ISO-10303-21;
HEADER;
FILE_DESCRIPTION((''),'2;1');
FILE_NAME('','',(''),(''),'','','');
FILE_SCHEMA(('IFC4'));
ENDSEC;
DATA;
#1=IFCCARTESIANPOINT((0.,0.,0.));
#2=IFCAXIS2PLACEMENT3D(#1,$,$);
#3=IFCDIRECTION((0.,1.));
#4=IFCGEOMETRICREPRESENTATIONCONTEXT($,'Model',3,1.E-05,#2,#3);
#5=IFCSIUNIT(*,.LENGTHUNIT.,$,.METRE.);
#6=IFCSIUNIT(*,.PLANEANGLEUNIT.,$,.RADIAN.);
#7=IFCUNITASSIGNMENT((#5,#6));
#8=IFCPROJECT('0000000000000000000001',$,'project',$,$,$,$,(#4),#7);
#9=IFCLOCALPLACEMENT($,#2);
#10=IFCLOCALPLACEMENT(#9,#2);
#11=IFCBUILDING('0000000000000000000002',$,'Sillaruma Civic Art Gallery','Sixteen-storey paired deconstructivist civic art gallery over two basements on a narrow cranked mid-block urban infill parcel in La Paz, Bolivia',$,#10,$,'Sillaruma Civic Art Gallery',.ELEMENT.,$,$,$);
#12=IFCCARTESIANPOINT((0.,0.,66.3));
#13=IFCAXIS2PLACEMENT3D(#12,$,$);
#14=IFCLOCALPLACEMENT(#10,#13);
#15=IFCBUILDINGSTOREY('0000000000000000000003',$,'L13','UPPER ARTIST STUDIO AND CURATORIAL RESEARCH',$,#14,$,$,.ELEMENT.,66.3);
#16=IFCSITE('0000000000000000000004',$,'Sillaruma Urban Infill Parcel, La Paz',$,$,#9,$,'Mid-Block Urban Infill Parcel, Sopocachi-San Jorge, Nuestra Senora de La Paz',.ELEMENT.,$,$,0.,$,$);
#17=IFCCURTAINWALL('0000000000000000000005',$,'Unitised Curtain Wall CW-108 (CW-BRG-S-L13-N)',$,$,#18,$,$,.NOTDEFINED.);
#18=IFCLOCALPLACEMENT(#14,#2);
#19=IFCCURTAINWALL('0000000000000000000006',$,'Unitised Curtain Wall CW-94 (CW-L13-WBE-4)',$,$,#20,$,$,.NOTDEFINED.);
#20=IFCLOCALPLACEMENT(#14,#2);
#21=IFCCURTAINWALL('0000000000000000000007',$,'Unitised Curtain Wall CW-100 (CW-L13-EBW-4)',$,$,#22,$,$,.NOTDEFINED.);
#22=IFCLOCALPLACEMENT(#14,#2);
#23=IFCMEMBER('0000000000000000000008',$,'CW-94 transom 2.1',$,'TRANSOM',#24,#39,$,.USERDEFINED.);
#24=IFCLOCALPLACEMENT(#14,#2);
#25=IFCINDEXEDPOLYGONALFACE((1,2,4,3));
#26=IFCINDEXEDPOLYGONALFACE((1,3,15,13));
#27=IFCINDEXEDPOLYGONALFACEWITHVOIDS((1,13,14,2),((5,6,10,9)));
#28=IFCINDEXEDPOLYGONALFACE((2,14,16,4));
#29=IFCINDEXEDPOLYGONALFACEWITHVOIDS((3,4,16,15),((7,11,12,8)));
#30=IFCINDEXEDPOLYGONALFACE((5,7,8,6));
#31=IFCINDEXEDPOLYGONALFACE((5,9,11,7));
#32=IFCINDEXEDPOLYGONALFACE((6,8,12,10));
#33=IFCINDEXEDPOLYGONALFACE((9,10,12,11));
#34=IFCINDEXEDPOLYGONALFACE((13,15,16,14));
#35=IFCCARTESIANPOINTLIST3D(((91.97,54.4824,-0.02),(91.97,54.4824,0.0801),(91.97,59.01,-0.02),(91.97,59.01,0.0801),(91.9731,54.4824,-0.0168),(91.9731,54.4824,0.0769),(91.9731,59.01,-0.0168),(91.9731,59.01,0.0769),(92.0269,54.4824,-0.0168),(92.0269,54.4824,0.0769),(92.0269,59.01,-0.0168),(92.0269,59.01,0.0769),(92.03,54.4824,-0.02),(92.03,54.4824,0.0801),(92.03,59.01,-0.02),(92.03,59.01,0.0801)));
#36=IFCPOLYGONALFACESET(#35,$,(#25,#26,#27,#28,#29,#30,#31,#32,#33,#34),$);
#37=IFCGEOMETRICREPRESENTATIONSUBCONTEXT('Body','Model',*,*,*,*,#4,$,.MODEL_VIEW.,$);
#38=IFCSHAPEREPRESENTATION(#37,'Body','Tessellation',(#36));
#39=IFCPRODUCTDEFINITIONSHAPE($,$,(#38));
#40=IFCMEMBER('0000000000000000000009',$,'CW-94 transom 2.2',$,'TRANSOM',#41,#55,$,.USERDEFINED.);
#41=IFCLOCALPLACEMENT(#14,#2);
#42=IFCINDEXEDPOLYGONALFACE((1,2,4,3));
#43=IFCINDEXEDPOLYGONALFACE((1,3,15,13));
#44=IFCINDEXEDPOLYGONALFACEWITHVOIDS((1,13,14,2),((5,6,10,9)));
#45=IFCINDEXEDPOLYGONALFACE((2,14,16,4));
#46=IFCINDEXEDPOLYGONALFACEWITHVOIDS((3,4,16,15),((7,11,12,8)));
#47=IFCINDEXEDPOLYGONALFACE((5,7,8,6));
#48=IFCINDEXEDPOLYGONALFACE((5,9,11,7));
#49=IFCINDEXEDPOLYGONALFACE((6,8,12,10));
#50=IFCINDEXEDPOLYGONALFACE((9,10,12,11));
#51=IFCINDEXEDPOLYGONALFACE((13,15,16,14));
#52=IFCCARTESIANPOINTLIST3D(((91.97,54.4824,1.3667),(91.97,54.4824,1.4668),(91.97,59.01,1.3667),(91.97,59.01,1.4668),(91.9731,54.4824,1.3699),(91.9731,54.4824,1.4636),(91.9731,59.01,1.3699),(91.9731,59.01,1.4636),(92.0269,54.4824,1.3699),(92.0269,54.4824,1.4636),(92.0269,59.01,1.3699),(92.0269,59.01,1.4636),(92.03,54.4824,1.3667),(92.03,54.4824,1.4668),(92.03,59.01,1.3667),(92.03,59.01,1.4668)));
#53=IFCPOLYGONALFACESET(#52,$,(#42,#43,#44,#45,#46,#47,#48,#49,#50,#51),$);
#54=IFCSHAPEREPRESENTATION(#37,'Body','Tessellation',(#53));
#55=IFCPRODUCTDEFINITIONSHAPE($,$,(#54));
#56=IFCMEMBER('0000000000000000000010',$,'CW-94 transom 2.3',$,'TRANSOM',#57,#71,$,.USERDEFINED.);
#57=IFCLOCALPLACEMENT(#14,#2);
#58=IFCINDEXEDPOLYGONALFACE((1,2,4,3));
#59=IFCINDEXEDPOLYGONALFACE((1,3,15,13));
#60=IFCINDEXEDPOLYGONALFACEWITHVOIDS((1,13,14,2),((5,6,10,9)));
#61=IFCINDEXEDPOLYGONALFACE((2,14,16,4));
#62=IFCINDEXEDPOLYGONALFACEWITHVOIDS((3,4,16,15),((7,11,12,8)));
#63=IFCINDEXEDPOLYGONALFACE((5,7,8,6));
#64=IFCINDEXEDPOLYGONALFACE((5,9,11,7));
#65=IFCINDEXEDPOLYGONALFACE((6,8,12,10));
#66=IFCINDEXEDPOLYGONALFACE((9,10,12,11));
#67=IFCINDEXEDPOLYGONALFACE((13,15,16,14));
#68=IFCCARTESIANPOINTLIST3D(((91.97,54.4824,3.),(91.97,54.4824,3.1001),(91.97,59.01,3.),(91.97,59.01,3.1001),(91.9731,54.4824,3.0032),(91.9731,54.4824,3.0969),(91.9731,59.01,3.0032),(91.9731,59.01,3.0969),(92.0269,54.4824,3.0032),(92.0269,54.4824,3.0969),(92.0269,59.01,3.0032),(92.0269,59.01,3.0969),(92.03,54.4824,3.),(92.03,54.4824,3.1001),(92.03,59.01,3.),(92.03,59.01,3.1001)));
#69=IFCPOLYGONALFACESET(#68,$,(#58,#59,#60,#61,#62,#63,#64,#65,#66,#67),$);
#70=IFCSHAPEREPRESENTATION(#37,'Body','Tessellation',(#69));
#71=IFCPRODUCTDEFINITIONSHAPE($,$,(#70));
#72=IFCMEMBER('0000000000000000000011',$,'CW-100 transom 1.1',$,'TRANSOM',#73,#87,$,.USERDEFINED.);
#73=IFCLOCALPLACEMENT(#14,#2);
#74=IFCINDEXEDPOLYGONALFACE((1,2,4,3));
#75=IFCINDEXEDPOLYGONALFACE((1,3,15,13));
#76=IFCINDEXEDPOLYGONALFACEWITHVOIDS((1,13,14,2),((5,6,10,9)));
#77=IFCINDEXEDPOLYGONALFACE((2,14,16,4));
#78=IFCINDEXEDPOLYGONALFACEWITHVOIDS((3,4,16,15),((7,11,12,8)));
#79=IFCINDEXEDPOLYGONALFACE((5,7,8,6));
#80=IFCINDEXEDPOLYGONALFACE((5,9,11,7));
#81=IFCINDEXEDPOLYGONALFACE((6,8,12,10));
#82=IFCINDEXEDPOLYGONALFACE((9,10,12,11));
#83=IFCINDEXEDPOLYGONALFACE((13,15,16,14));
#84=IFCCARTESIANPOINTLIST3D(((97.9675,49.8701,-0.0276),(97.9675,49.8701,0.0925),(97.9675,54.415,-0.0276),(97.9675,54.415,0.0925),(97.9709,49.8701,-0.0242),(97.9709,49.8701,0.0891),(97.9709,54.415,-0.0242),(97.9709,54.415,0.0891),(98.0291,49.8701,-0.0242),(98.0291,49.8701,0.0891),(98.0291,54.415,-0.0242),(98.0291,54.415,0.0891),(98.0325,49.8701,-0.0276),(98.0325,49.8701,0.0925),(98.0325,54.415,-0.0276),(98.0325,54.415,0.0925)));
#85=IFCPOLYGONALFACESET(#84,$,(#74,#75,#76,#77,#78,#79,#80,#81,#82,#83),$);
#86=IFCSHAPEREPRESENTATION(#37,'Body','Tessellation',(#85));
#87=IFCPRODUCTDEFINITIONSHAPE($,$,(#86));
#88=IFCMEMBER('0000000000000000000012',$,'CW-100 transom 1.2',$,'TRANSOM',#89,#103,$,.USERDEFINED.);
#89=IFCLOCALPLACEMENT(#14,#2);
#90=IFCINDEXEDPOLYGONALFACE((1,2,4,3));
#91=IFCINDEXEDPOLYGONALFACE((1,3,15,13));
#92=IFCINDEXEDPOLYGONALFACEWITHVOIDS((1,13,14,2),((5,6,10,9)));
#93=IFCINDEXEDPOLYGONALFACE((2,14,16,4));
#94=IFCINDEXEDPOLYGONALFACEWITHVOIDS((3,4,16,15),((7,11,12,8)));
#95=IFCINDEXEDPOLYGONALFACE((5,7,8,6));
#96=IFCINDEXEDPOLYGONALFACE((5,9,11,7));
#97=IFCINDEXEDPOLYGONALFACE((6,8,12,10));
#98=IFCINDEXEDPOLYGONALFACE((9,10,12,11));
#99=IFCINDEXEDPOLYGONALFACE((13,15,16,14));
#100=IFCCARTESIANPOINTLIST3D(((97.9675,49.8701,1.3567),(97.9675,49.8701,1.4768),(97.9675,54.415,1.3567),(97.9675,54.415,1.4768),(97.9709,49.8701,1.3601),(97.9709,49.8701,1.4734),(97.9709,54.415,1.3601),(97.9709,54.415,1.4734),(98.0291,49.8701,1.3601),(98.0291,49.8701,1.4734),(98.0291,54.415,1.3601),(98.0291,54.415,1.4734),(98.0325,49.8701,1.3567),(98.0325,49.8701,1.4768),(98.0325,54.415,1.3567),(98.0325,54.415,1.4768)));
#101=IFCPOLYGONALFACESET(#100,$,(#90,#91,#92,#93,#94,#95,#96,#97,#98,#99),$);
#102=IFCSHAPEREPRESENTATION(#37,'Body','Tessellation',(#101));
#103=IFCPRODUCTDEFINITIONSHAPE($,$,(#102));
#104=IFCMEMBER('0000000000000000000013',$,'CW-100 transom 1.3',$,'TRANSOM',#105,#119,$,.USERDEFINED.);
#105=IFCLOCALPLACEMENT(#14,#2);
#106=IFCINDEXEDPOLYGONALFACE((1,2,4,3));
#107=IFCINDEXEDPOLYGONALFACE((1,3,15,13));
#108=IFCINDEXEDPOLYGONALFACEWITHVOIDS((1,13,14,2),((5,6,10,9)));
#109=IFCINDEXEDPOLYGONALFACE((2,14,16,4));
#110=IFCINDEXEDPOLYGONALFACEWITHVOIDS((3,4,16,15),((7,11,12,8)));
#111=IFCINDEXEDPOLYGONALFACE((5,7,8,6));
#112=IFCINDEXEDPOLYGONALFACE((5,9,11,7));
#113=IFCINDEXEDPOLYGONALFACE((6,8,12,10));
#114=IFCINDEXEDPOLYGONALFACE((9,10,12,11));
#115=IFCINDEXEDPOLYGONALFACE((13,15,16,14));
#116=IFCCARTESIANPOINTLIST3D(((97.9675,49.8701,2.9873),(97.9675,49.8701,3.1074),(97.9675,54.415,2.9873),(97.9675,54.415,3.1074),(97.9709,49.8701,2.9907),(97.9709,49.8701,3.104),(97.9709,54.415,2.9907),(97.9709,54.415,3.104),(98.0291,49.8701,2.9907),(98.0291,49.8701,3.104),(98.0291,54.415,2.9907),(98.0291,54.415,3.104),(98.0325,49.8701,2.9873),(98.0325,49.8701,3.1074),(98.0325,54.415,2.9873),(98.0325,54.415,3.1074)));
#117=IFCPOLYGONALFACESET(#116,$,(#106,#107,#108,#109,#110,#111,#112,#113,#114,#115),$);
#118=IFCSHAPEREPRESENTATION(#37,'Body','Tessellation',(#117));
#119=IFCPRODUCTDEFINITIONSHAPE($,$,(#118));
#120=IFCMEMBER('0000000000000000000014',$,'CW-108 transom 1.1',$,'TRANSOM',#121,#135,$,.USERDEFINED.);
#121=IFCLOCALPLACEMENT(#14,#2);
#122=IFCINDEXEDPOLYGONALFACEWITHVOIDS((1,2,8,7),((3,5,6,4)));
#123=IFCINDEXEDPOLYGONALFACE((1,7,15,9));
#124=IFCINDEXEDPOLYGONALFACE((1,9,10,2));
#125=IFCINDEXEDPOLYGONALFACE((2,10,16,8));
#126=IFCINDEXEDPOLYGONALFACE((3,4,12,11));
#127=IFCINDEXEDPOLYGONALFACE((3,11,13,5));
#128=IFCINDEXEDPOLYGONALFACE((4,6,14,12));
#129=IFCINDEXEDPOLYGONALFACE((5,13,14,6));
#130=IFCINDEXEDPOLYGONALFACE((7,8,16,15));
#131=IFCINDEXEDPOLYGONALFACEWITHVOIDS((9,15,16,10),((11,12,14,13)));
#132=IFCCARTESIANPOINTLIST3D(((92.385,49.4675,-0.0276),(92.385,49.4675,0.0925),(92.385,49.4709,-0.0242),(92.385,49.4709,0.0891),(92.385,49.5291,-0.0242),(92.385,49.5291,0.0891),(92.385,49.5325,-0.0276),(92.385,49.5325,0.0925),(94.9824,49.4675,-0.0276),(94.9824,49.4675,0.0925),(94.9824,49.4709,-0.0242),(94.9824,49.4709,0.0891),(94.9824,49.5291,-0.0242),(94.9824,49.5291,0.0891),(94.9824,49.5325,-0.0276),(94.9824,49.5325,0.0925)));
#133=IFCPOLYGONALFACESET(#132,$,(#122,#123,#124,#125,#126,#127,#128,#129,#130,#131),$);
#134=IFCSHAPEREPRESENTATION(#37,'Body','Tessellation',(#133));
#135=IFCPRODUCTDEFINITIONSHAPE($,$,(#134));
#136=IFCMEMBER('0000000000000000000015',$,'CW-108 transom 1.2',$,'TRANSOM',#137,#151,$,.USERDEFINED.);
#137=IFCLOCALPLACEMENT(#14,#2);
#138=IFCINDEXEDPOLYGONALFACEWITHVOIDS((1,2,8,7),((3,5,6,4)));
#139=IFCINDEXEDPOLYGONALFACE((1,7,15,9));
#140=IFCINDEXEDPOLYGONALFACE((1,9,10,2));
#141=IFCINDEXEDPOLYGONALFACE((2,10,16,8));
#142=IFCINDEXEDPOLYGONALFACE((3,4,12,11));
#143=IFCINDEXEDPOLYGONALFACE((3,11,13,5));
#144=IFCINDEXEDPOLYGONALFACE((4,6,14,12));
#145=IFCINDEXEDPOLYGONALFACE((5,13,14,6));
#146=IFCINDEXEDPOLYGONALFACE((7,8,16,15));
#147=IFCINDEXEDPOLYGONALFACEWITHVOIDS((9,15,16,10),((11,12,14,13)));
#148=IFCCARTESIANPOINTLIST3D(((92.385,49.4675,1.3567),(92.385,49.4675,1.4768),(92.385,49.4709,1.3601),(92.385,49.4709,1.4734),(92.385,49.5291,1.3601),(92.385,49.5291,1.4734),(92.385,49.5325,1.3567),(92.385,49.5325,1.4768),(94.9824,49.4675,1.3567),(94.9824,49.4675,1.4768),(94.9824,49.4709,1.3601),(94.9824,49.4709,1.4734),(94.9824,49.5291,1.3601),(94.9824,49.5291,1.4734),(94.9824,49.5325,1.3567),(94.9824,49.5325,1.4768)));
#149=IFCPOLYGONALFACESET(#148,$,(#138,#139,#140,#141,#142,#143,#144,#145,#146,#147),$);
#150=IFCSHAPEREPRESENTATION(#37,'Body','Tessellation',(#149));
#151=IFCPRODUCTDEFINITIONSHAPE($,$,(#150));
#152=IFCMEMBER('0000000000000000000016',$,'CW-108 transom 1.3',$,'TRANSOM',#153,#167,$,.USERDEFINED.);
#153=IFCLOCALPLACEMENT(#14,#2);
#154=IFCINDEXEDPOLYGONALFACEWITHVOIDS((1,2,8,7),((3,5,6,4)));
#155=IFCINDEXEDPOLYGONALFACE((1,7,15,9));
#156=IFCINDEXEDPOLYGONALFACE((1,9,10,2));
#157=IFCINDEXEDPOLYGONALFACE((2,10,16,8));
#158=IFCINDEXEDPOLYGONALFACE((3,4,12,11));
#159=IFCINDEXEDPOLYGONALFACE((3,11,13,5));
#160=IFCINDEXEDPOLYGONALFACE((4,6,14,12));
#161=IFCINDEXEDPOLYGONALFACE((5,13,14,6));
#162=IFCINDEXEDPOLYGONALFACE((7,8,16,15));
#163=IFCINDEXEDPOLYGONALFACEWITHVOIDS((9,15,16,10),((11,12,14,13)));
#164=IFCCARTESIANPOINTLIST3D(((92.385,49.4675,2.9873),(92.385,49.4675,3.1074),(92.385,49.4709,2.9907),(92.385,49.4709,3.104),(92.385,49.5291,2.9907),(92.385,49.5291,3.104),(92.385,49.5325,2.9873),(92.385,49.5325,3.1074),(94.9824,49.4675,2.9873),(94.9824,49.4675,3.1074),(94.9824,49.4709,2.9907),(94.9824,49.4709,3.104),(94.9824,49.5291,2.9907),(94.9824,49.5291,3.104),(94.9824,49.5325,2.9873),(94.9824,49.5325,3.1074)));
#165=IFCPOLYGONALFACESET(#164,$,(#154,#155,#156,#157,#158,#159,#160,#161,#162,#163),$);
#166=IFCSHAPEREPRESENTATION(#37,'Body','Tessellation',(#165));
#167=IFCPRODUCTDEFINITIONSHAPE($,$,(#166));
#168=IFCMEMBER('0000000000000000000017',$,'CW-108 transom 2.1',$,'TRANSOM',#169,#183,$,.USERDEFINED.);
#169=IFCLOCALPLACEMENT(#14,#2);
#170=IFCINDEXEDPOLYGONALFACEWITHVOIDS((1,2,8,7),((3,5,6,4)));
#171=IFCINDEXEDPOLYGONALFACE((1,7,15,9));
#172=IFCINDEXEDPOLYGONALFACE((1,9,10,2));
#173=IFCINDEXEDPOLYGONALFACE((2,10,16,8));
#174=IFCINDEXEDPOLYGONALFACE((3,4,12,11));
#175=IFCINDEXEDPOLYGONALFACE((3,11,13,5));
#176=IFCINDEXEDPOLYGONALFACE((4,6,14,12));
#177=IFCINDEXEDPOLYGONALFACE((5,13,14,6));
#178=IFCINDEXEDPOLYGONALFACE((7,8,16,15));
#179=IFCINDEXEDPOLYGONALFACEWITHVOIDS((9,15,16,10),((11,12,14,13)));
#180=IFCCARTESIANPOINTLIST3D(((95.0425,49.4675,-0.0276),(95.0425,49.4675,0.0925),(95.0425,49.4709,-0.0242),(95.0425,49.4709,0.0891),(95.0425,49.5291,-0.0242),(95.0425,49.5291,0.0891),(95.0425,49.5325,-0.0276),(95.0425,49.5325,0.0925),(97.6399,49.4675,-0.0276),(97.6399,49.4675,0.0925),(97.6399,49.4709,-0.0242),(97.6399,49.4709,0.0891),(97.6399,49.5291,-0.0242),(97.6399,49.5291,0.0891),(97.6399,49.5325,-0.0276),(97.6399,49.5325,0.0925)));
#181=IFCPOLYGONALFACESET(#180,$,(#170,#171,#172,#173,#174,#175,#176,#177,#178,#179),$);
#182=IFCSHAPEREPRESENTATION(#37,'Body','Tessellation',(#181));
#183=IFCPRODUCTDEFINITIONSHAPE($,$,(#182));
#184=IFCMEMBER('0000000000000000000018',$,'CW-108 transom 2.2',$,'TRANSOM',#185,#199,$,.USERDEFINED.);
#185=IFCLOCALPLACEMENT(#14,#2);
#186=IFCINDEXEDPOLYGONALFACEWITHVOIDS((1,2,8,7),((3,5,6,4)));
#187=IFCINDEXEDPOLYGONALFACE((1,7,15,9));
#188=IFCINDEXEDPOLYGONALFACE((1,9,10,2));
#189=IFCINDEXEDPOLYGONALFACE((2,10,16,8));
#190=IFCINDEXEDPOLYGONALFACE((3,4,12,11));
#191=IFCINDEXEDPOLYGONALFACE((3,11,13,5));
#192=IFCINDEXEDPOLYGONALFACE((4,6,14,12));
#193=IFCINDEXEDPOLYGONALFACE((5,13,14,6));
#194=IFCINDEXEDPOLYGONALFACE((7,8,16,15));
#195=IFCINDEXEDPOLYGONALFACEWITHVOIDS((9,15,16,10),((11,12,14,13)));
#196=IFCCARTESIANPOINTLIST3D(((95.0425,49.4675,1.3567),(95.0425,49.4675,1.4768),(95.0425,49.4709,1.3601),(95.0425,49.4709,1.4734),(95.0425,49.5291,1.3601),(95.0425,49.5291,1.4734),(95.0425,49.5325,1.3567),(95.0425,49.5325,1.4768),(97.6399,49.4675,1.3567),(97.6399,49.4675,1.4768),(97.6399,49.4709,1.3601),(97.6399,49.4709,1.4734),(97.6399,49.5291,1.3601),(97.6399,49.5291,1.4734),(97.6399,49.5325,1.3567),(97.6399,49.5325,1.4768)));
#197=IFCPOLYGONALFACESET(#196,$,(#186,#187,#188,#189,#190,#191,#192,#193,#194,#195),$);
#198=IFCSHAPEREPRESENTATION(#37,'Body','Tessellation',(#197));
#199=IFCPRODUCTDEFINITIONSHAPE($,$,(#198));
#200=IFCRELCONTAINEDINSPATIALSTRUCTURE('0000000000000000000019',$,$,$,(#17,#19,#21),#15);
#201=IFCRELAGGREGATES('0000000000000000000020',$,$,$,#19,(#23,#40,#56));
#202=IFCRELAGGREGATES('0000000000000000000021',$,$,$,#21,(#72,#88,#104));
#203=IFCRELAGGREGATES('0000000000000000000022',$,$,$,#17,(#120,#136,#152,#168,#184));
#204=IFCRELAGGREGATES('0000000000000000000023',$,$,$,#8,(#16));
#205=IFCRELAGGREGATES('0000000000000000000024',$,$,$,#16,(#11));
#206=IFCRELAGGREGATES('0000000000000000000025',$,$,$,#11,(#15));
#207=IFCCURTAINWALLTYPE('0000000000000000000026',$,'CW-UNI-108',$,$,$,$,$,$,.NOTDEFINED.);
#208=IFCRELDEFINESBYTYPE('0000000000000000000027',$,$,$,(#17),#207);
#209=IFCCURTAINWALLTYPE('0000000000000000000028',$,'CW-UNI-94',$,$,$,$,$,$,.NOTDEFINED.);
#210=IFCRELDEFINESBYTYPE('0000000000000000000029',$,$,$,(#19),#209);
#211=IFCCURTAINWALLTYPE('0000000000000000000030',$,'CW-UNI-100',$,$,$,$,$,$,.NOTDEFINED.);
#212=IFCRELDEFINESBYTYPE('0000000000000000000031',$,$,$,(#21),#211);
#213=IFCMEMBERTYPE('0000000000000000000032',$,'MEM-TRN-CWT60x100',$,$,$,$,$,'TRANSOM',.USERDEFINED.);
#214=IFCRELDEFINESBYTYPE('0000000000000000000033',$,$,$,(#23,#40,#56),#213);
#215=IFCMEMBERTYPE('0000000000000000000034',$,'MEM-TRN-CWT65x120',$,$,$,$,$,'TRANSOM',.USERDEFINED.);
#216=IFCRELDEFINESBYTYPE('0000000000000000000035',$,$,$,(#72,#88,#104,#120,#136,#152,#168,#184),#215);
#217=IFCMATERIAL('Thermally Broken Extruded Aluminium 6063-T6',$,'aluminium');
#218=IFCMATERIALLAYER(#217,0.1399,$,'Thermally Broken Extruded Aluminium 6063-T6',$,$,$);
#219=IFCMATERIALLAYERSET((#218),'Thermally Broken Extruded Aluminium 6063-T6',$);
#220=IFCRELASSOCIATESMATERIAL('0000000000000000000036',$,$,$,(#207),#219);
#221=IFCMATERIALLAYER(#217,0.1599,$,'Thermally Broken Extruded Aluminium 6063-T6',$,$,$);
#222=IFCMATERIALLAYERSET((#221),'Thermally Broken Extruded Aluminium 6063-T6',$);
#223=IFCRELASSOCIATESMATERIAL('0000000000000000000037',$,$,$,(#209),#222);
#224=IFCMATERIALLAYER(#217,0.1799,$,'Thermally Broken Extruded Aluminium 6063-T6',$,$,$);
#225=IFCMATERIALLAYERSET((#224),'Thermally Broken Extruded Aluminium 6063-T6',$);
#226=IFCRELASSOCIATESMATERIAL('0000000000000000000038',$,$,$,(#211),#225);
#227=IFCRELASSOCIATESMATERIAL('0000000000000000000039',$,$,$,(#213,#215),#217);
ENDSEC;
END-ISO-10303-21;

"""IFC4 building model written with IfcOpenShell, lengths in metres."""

from ifc_helpers import new_model, si_unit, direction, frame, origin, origin_2d, place, context, subcontext, project, spatial, hollow_rectangle, extrude, material, layer, layer_set, material_profile, profile_set, type_object, element, aggregate, save


model = new_model("IFC4")

# Units and contexts
model_context = context("Model", 3, precision=1e-05, world=origin(), true_north=direction((0.0, 1.0)))
body_context = subcontext(model_context, "Body", "Model", "MODEL_VIEW")
ifc_project = project(units=[si_unit("LENGTHUNIT", "METRE"), si_unit("PLANEANGLEUNIT", "RADIAN")], contexts=[model_context])

# Site, building, storey
site_placement = place(None, origin())
site = spatial("IfcSite", under=ifc_project, at=site_placement, Name="Sillaruma Urban Infill Parcel, La Paz", LongName="Mid-Block Urban Infill Parcel, Sopocachi-San Jorge, Nuestra Senora de La Paz", CompositionType="ELEMENT", RefElevation=0.0)
building_placement = place(site_placement, origin())
building = spatial("IfcBuilding", under=site, at=building_placement, Name="Sillaruma Civic Art Gallery", Description="Sixteen-storey paired deconstructivist civic art gallery over two basements on a narrow cranked mid-block urban infill parcel in La Paz, Bolivia", LongName="Sillaruma Civic Art Gallery", CompositionType="ELEMENT")
storey_placement = place(building_placement, frame((0.0, 0.0, 66.3)))
storey = spatial("IfcBuildingStorey", under=building, at=storey_placement, Name="L13", Description="UPPER ARTIST STUDIO AND CURATORIAL RESEARCH", CompositionType="ELEMENT", Elevation=66.3)

# Curtain walls
ifc_material_1 = material(Name="Thermally Broken Extruded Aluminium 6063-T6", Category="aluminium")
ifc_layer_1 = layer(ifc_material_1, 0.1399, Name="Thermally Broken Extruded Aluminium 6063-T6")
ifc_layer_set_1 = layer_set([ifc_layer_1], Name="Thermally Broken Extruded Aluminium 6063-T6")
curtain_wall_type_1 = type_object("IfcCurtainWallType", Name="CW-UNI-108", PredefinedType="NOTDEFINED", material=ifc_layer_set_1)
curtain_wall_1_placement = place(storey_placement, origin())
curtain_wall_1 = element("IfcCurtainWall", 1, at=curtain_wall_1_placement, inside=storey, type_object=curtain_wall_type_1, Name="Unitised Curtain Wall CW-108 (CW-BRG-S-L13-N)", PredefinedType="NOTDEFINED")
ifc_layer_2 = layer(ifc_material_1, 0.1599, Name="Thermally Broken Extruded Aluminium 6063-T6")
ifc_layer_set_2 = layer_set([ifc_layer_2], Name="Thermally Broken Extruded Aluminium 6063-T6")
curtain_wall_type_2 = type_object("IfcCurtainWallType", Name="CW-UNI-94", PredefinedType="NOTDEFINED", material=ifc_layer_set_2)
curtain_wall_2_placement = place(storey_placement, origin())
curtain_wall_2 = element("IfcCurtainWall", 2, at=curtain_wall_2_placement, inside=storey, type_object=curtain_wall_type_2, Name="Unitised Curtain Wall CW-94 (CW-L13-WBE-4)", PredefinedType="NOTDEFINED")
ifc_layer_3 = layer(ifc_material_1, 0.1799, Name="Thermally Broken Extruded Aluminium 6063-T6")
ifc_layer_set_3 = layer_set([ifc_layer_3], Name="Thermally Broken Extruded Aluminium 6063-T6")
curtain_wall_type_3 = type_object("IfcCurtainWallType", Name="CW-UNI-100", PredefinedType="NOTDEFINED", material=ifc_layer_set_3)
curtain_wall_3_placement = place(storey_placement, origin())
curtain_wall_3 = element("IfcCurtainWall", 3, at=curtain_wall_3_placement, inside=storey, type_object=curtain_wall_type_3, Name="Unitised Curtain Wall CW-100 (CW-L13-EBW-4)", PredefinedType="NOTDEFINED")

# Members
ifc_material_profile_1 = material_profile(ifc_material_1, hollow_rectangle(XDim=0.0601, YDim=0.1001, WallThickness=0.0032, at=origin_2d()), Name="CWT60x100")
ifc_profile_set_1 = profile_set([ifc_material_profile_1], Name="Thermally Broken Extruded Aluminium 6063-T6")
member_type_1 = type_object("IfcMemberType", Name="MEM-TRN-CWT60x100", ElementType="TRANSOM", PredefinedType="USERDEFINED", material=ifc_profile_set_1)
member_1_placement = place(storey_placement, frame((92.0, 54.4824, 0.03), z_axis=(0.0, 1.0, 0.0), x_axis=(-1.0, 0.0, 0.0)))
member_1 = element("IfcMember", 4, at=member_1_placement, type_object=member_type_1, Name="CW-94 transom 2.1", ObjectType="TRANSOM", PredefinedType="USERDEFINED", context=body_context, shape_type="SweptSolid", body=[
    extrude(hollow_rectangle(XDim=0.0601, YDim=0.1001, WallThickness=0.0032, at=origin_2d()), origin(), (0.0, 0.0, 1.0), 4.5276),
])
member_2_placement = place(storey_placement, frame((92.0, 54.4824, 1.4167), z_axis=(0.0, 1.0, 0.0), x_axis=(-1.0, 0.0, 0.0)))
member_2 = element("IfcMember", 5, at=member_2_placement, type_object=member_type_1, Name="CW-94 transom 2.2", ObjectType="TRANSOM", PredefinedType="USERDEFINED", context=body_context, shape_type="SweptSolid", body=[
    extrude(hollow_rectangle(XDim=0.0601, YDim=0.1001, WallThickness=0.0032, at=origin_2d()), origin(), (0.0, 0.0, 1.0), 4.5276),
])
member_3_placement = place(storey_placement, frame((92.0, 54.4824, 3.05), z_axis=(0.0, 1.0, 0.0), x_axis=(-1.0, 0.0, 0.0)))
member_3 = element("IfcMember", 6, at=member_3_placement, type_object=member_type_1, Name="CW-94 transom 2.3", ObjectType="TRANSOM", PredefinedType="USERDEFINED", context=body_context, shape_type="SweptSolid", body=[
    extrude(hollow_rectangle(XDim=0.0601, YDim=0.1001, WallThickness=0.0032, at=origin_2d()), origin(), (0.0, 0.0, 1.0), 4.5276),
])
ifc_material_profile_2 = material_profile(ifc_material_1, hollow_rectangle(XDim=0.0649, YDim=0.1201, WallThickness=0.0034, at=origin_2d()), Name="CWT65x120")
ifc_profile_set_2 = profile_set([ifc_material_profile_2], Name="Thermally Broken Extruded Aluminium 6063-T6")
member_type_2 = type_object("IfcMemberType", Name="MEM-TRN-CWT65x120", ElementType="TRANSOM", PredefinedType="USERDEFINED", material=ifc_profile_set_2)
member_4_placement = place(storey_placement, frame((98.0, 49.8701, 0.0325), z_axis=(0.0, 1.0, 0.0), x_axis=(-1.0, 0.0, 0.0)))
member_4 = element("IfcMember", 7, at=member_4_placement, type_object=member_type_2, Name="CW-100 transom 1.1", ObjectType="TRANSOM", PredefinedType="USERDEFINED", context=body_context, shape_type="SweptSolid", body=[
    extrude(hollow_rectangle(XDim=0.0649, YDim=0.1201, WallThickness=0.0034, at=origin_2d()), origin(), (0.0, 0.0, 1.0), 4.5449),
])
member_5_placement = place(storey_placement, frame((98.0, 49.8701, 1.4167), z_axis=(0.0, 1.0, 0.0), x_axis=(-1.0, 0.0, 0.0)))
member_5 = element("IfcMember", 8, at=member_5_placement, type_object=member_type_2, Name="CW-100 transom 1.2", ObjectType="TRANSOM", PredefinedType="USERDEFINED", context=body_context, shape_type="SweptSolid", body=[
    extrude(hollow_rectangle(XDim=0.0649, YDim=0.1201, WallThickness=0.0034, at=origin_2d()), origin(), (0.0, 0.0, 1.0), 4.5449),
])
member_6_placement = place(storey_placement, frame((98.0, 49.8701, 3.0474), z_axis=(0.0, 1.0, 0.0), x_axis=(-1.0, 0.0, 0.0)))
member_6 = element("IfcMember", 9, at=member_6_placement, type_object=member_type_2, Name="CW-100 transom 1.3", ObjectType="TRANSOM", PredefinedType="USERDEFINED", context=body_context, shape_type="SweptSolid", body=[
    extrude(hollow_rectangle(XDim=0.0649, YDim=0.1201, WallThickness=0.0034, at=origin_2d()), origin(), (0.0, 0.0, 1.0), 4.5449),
])
member_7_placement = place(storey_placement, frame((92.385, 49.5, 0.0325), z_axis=(1.0, 0.0, 0.0), x_axis=(0.0, 1.0, 0.0)))
member_7 = element("IfcMember", 10, at=member_7_placement, type_object=member_type_2, Name="CW-108 transom 1.1", ObjectType="TRANSOM", PredefinedType="USERDEFINED", context=body_context, shape_type="SweptSolid", body=[
    extrude(hollow_rectangle(XDim=0.0649, YDim=0.1201, WallThickness=0.0034, at=origin_2d()), origin(), (0.0, 0.0, 1.0), 2.5974),
])
member_8_placement = place(storey_placement, frame((92.385, 49.5, 1.4167), z_axis=(1.0, 0.0, 0.0), x_axis=(0.0, 1.0, 0.0)))
member_8 = element("IfcMember", 11, at=member_8_placement, type_object=member_type_2, Name="CW-108 transom 1.2", ObjectType="TRANSOM", PredefinedType="USERDEFINED", context=body_context, shape_type="SweptSolid", body=[
    extrude(hollow_rectangle(XDim=0.0649, YDim=0.1201, WallThickness=0.0034, at=origin_2d()), origin(), (0.0, 0.0, 1.0), 2.5974),
])
member_9_placement = place(storey_placement, frame((92.385, 49.5, 3.0474), z_axis=(1.0, 0.0, 0.0), x_axis=(0.0, 1.0, 0.0)))
member_9 = element("IfcMember", 12, at=member_9_placement, type_object=member_type_2, Name="CW-108 transom 1.3", ObjectType="TRANSOM", PredefinedType="USERDEFINED", context=body_context, shape_type="SweptSolid", body=[
    extrude(hollow_rectangle(XDim=0.0649, YDim=0.1201, WallThickness=0.0034, at=origin_2d()), origin(), (0.0, 0.0, 1.0), 2.5974),
])
member_10_placement = place(storey_placement, frame((95.0425, 49.5, 0.0325), z_axis=(1.0, 0.0, 0.0), x_axis=(0.0, 1.0, 0.0)))
member_10 = element("IfcMember", 13, at=member_10_placement, type_object=member_type_2, Name="CW-108 transom 2.1", ObjectType="TRANSOM", PredefinedType="USERDEFINED", context=body_context, shape_type="SweptSolid", body=[
    extrude(hollow_rectangle(XDim=0.0649, YDim=0.1201, WallThickness=0.0034, at=origin_2d()), origin(), (0.0, 0.0, 1.0), 2.5974),
])
member_11_placement = place(storey_placement, frame((95.0425, 49.5, 1.4167), z_axis=(1.0, 0.0, 0.0), x_axis=(0.0, 1.0, 0.0)))
member_11 = element("IfcMember", 14, at=member_11_placement, type_object=member_type_2, Name="CW-108 transom 2.2", ObjectType="TRANSOM", PredefinedType="USERDEFINED", context=body_context, shape_type="SweptSolid", body=[
    extrude(hollow_rectangle(XDim=0.0649, YDim=0.1201, WallThickness=0.0034, at=origin_2d()), origin(), (0.0, 0.0, 1.0), 2.5974),
])

aggregate(curtain_wall_2, [member_1, member_2, member_3])
aggregate(curtain_wall_3, [member_4, member_5, member_6])
aggregate(curtain_wall_1, [member_7, member_8, member_9, member_10, member_11])

save(model, "model.ifc")
